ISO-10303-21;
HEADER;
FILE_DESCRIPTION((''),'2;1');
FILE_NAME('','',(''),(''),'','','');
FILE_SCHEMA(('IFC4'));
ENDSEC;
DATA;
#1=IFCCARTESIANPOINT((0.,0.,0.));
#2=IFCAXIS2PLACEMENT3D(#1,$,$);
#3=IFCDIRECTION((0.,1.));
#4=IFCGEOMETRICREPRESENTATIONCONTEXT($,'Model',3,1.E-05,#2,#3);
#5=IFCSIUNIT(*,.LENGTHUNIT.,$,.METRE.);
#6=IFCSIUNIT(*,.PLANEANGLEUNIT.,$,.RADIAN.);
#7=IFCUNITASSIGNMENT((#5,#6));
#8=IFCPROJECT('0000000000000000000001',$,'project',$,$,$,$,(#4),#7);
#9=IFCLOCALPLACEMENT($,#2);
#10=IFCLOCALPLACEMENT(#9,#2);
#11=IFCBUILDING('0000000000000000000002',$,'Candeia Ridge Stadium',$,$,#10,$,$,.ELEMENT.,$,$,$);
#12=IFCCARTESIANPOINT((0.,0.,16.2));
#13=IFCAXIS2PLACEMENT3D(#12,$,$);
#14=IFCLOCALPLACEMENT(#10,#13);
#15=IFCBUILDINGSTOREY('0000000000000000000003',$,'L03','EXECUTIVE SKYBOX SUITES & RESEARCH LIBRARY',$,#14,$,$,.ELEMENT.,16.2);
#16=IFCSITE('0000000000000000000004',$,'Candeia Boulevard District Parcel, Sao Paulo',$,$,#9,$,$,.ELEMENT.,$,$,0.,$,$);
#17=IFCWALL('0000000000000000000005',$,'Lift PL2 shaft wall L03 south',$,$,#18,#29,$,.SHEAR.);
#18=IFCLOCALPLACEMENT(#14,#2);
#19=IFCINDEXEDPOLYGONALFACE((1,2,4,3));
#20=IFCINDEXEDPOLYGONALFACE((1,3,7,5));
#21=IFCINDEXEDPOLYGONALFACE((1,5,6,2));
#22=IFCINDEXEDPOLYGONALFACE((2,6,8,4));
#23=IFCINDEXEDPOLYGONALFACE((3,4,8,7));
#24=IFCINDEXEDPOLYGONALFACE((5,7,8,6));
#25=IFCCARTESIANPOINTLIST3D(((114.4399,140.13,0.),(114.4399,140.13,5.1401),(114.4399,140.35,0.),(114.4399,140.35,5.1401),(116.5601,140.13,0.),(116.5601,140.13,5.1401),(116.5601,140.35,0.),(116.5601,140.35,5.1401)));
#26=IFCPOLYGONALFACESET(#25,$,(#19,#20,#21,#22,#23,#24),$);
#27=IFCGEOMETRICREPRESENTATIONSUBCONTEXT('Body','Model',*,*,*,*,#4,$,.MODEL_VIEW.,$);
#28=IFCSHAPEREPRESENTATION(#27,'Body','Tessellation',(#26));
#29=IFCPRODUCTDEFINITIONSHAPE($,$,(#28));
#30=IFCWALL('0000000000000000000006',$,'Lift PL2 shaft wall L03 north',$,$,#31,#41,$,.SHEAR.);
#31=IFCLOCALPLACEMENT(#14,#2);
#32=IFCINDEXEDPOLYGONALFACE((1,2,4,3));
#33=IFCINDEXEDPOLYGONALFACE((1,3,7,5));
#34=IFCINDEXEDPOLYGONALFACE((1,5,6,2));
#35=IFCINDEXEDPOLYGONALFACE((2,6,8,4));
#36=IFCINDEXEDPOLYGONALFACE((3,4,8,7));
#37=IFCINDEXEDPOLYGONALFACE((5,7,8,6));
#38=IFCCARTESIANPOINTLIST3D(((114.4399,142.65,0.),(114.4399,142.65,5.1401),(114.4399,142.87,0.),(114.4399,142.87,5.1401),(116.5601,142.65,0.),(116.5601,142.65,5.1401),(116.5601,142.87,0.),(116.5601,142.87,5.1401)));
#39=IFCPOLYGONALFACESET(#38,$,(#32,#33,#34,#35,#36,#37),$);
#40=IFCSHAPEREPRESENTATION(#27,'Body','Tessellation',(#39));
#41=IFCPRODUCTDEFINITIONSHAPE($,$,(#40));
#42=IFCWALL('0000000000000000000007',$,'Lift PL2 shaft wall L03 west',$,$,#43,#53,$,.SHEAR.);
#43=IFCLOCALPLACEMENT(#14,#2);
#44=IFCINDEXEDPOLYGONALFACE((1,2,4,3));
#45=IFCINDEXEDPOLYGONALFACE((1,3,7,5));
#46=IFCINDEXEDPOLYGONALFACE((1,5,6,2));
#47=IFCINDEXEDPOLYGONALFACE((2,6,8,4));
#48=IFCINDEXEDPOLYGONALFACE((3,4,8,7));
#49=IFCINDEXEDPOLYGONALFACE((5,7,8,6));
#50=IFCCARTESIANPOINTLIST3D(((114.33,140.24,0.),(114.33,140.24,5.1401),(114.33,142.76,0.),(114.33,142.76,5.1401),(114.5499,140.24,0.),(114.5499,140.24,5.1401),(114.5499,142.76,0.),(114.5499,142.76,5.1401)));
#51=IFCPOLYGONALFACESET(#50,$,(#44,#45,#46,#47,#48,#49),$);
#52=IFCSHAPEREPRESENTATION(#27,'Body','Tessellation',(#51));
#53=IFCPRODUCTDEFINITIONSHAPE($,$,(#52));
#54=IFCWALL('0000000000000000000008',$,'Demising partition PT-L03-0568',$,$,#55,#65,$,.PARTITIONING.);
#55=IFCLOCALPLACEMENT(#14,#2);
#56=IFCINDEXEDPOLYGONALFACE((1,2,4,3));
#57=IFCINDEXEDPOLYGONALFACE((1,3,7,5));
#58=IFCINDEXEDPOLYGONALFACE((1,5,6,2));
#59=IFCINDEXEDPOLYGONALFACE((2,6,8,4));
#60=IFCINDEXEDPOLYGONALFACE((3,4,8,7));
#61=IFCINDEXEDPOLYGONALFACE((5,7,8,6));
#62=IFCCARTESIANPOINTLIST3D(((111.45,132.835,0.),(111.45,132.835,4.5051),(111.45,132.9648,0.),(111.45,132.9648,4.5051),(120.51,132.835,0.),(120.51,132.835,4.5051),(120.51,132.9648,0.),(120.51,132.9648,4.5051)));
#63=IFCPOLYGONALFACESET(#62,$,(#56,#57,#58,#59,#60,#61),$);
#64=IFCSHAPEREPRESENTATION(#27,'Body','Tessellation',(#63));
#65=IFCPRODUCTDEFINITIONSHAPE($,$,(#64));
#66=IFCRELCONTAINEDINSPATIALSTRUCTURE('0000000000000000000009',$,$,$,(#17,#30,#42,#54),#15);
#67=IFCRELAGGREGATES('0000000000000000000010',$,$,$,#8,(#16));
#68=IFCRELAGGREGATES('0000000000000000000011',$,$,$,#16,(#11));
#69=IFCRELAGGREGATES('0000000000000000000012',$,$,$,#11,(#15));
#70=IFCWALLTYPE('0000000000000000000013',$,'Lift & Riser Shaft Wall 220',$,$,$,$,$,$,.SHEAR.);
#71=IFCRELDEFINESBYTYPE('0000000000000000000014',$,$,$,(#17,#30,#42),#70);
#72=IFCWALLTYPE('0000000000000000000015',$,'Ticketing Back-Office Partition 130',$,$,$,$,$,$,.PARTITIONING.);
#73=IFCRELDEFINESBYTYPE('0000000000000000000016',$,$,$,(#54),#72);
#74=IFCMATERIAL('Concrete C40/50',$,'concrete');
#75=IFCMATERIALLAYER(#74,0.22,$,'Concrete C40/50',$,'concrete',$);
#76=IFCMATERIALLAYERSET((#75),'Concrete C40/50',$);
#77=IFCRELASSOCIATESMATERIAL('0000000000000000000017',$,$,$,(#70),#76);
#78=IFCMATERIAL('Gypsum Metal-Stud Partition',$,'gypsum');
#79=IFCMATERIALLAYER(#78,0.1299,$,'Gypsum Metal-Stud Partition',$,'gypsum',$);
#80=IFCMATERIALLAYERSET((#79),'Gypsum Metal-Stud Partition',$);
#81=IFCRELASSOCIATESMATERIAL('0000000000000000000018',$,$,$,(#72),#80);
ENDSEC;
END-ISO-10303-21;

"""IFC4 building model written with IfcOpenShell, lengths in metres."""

from ifc_helpers import new_model, si_unit, direction, frame, frame_2d, origin, place, context, subcontext, project, spatial, rectangle, extrude, material, layer, layer_set, type_object, element, save


model = new_model("IFC4")

# Units and contexts
model_context = context("Model", 3, precision=1e-05, world=origin(), true_north=direction((0.0, 1.0)))
body_context = subcontext(model_context, "Body", "Model", "MODEL_VIEW")
ifc_project = project(units=[si_unit("LENGTHUNIT", "METRE"), si_unit("PLANEANGLEUNIT", "RADIAN")], contexts=[model_context])

# Site, building, storey
site_placement = place(None, origin())
site = spatial("IfcSite", under=ifc_project, at=site_placement, Name="Candeia Boulevard District Parcel, Sao Paulo", CompositionType="ELEMENT", RefElevation=0.0)
building_placement = place(site_placement, origin())
building = spatial("IfcBuilding", under=site, at=building_placement, Name="Candeia Ridge Stadium", CompositionType="ELEMENT")
storey_placement = place(building_placement, frame((0.0, 0.0, 16.2)))
storey = spatial("IfcBuildingStorey", under=building, at=storey_placement, Name="L03", Description="EXECUTIVE SKYBOX SUITES & RESEARCH LIBRARY", CompositionType="ELEMENT", Elevation=16.2)

# Shared definitions
ifc_material_1 = material(Name="Concrete C40/50", Category="concrete")

# Wall
ifc_layer_1 = layer(ifc_material_1, 0.22, Name="Concrete C40/50", Category="concrete")
ifc_layer_set_1 = layer_set([ifc_layer_1], Name="Concrete C40/50")
wall_type_1 = type_object("IfcWallType", Name="Lift & Riser Shaft Wall 220", PredefinedType="SHEAR", material=ifc_layer_set_1)
wall_1_placement = place(storey_placement, frame((114.4399, 140.24, 0.0), z_axis=(0.0, 0.0, 1.0), x_axis=(1.0, 0.0, 0.0)))
element("IfcWall", 1, at=wall_1_placement, inside=storey, type_object=wall_type_1, Name="Lift PL2 shaft wall L03 south", PredefinedType="SHEAR", context=body_context, shape_type="SweptSolid", body=[
    extrude(rectangle(XDim=2.1201, YDim=0.22, at=frame_2d((1.0601, 0.0))), origin(), (0.0, 0.0, 1.0), 5.1401),
])

# Walls
wall_2_placement = place(storey_placement, frame((116.5601, 142.76, 0.0), z_axis=(0.0, 0.0, 1.0), x_axis=(-1.0, 0.0, 0.0)))
element("IfcWall", 2, at=wall_2_placement, inside=storey, type_object=wall_type_1, Name="Lift PL2 shaft wall L03 north", PredefinedType="SHEAR", context=body_context, shape_type="SweptSolid", body=[
    extrude(rectangle(XDim=2.1201, YDim=0.22, at=frame_2d((1.0601, 0.0))), origin(), (0.0, 0.0, 1.0), 5.1401),
])
wall_3_placement = place(storey_placement, frame((114.4399, 142.76, 0.0), z_axis=(0.0, 0.0, 1.0), x_axis=(0.0, -1.0, 0.0)))
element("IfcWall", 3, at=wall_3_placement, inside=storey, type_object=wall_type_1, Name="Lift PL2 shaft wall L03 west", PredefinedType="SHEAR", context=body_context, shape_type="SweptSolid", body=[
    extrude(rectangle(XDim=2.52, YDim=0.22, at=frame_2d((1.26, 0.0))), origin(), (0.0, 0.0, 1.0), 5.1401),
])
ifc_material_2 = material(Name="Gypsum Metal-Stud Partition", Category="gypsum")
ifc_layer_2 = layer(ifc_material_2, 0.1299, Name="Gypsum Metal-Stud Partition", Category="gypsum")
ifc_layer_set_2 = layer_set([ifc_layer_2], Name="Gypsum Metal-Stud Partition")
wall_type_2 = type_object("IfcWallType", Name="Ticketing Back-Office Partition 130", PredefinedType="PARTITIONING", material=ifc_layer_set_2)
wall_4_placement = place(storey_placement, frame((120.51, 132.8999, 0.0), z_axis=(0.0, 0.0, 1.0), x_axis=(-1.0, 0.0, 0.0)))
element("IfcWall", 4, at=wall_4_placement, inside=storey, type_object=wall_type_2, Name="Demising partition PT-L03-0568", PredefinedType="PARTITIONING", context=body_context, shape_type="SweptSolid", body=[
    extrude(rectangle(XDim=9.0601, YDim=0.1299, at=frame_2d((4.53, 0.0))), origin(), (0.0, 0.0, 1.0), 4.5051),
])

save(model, "model.ifc")
